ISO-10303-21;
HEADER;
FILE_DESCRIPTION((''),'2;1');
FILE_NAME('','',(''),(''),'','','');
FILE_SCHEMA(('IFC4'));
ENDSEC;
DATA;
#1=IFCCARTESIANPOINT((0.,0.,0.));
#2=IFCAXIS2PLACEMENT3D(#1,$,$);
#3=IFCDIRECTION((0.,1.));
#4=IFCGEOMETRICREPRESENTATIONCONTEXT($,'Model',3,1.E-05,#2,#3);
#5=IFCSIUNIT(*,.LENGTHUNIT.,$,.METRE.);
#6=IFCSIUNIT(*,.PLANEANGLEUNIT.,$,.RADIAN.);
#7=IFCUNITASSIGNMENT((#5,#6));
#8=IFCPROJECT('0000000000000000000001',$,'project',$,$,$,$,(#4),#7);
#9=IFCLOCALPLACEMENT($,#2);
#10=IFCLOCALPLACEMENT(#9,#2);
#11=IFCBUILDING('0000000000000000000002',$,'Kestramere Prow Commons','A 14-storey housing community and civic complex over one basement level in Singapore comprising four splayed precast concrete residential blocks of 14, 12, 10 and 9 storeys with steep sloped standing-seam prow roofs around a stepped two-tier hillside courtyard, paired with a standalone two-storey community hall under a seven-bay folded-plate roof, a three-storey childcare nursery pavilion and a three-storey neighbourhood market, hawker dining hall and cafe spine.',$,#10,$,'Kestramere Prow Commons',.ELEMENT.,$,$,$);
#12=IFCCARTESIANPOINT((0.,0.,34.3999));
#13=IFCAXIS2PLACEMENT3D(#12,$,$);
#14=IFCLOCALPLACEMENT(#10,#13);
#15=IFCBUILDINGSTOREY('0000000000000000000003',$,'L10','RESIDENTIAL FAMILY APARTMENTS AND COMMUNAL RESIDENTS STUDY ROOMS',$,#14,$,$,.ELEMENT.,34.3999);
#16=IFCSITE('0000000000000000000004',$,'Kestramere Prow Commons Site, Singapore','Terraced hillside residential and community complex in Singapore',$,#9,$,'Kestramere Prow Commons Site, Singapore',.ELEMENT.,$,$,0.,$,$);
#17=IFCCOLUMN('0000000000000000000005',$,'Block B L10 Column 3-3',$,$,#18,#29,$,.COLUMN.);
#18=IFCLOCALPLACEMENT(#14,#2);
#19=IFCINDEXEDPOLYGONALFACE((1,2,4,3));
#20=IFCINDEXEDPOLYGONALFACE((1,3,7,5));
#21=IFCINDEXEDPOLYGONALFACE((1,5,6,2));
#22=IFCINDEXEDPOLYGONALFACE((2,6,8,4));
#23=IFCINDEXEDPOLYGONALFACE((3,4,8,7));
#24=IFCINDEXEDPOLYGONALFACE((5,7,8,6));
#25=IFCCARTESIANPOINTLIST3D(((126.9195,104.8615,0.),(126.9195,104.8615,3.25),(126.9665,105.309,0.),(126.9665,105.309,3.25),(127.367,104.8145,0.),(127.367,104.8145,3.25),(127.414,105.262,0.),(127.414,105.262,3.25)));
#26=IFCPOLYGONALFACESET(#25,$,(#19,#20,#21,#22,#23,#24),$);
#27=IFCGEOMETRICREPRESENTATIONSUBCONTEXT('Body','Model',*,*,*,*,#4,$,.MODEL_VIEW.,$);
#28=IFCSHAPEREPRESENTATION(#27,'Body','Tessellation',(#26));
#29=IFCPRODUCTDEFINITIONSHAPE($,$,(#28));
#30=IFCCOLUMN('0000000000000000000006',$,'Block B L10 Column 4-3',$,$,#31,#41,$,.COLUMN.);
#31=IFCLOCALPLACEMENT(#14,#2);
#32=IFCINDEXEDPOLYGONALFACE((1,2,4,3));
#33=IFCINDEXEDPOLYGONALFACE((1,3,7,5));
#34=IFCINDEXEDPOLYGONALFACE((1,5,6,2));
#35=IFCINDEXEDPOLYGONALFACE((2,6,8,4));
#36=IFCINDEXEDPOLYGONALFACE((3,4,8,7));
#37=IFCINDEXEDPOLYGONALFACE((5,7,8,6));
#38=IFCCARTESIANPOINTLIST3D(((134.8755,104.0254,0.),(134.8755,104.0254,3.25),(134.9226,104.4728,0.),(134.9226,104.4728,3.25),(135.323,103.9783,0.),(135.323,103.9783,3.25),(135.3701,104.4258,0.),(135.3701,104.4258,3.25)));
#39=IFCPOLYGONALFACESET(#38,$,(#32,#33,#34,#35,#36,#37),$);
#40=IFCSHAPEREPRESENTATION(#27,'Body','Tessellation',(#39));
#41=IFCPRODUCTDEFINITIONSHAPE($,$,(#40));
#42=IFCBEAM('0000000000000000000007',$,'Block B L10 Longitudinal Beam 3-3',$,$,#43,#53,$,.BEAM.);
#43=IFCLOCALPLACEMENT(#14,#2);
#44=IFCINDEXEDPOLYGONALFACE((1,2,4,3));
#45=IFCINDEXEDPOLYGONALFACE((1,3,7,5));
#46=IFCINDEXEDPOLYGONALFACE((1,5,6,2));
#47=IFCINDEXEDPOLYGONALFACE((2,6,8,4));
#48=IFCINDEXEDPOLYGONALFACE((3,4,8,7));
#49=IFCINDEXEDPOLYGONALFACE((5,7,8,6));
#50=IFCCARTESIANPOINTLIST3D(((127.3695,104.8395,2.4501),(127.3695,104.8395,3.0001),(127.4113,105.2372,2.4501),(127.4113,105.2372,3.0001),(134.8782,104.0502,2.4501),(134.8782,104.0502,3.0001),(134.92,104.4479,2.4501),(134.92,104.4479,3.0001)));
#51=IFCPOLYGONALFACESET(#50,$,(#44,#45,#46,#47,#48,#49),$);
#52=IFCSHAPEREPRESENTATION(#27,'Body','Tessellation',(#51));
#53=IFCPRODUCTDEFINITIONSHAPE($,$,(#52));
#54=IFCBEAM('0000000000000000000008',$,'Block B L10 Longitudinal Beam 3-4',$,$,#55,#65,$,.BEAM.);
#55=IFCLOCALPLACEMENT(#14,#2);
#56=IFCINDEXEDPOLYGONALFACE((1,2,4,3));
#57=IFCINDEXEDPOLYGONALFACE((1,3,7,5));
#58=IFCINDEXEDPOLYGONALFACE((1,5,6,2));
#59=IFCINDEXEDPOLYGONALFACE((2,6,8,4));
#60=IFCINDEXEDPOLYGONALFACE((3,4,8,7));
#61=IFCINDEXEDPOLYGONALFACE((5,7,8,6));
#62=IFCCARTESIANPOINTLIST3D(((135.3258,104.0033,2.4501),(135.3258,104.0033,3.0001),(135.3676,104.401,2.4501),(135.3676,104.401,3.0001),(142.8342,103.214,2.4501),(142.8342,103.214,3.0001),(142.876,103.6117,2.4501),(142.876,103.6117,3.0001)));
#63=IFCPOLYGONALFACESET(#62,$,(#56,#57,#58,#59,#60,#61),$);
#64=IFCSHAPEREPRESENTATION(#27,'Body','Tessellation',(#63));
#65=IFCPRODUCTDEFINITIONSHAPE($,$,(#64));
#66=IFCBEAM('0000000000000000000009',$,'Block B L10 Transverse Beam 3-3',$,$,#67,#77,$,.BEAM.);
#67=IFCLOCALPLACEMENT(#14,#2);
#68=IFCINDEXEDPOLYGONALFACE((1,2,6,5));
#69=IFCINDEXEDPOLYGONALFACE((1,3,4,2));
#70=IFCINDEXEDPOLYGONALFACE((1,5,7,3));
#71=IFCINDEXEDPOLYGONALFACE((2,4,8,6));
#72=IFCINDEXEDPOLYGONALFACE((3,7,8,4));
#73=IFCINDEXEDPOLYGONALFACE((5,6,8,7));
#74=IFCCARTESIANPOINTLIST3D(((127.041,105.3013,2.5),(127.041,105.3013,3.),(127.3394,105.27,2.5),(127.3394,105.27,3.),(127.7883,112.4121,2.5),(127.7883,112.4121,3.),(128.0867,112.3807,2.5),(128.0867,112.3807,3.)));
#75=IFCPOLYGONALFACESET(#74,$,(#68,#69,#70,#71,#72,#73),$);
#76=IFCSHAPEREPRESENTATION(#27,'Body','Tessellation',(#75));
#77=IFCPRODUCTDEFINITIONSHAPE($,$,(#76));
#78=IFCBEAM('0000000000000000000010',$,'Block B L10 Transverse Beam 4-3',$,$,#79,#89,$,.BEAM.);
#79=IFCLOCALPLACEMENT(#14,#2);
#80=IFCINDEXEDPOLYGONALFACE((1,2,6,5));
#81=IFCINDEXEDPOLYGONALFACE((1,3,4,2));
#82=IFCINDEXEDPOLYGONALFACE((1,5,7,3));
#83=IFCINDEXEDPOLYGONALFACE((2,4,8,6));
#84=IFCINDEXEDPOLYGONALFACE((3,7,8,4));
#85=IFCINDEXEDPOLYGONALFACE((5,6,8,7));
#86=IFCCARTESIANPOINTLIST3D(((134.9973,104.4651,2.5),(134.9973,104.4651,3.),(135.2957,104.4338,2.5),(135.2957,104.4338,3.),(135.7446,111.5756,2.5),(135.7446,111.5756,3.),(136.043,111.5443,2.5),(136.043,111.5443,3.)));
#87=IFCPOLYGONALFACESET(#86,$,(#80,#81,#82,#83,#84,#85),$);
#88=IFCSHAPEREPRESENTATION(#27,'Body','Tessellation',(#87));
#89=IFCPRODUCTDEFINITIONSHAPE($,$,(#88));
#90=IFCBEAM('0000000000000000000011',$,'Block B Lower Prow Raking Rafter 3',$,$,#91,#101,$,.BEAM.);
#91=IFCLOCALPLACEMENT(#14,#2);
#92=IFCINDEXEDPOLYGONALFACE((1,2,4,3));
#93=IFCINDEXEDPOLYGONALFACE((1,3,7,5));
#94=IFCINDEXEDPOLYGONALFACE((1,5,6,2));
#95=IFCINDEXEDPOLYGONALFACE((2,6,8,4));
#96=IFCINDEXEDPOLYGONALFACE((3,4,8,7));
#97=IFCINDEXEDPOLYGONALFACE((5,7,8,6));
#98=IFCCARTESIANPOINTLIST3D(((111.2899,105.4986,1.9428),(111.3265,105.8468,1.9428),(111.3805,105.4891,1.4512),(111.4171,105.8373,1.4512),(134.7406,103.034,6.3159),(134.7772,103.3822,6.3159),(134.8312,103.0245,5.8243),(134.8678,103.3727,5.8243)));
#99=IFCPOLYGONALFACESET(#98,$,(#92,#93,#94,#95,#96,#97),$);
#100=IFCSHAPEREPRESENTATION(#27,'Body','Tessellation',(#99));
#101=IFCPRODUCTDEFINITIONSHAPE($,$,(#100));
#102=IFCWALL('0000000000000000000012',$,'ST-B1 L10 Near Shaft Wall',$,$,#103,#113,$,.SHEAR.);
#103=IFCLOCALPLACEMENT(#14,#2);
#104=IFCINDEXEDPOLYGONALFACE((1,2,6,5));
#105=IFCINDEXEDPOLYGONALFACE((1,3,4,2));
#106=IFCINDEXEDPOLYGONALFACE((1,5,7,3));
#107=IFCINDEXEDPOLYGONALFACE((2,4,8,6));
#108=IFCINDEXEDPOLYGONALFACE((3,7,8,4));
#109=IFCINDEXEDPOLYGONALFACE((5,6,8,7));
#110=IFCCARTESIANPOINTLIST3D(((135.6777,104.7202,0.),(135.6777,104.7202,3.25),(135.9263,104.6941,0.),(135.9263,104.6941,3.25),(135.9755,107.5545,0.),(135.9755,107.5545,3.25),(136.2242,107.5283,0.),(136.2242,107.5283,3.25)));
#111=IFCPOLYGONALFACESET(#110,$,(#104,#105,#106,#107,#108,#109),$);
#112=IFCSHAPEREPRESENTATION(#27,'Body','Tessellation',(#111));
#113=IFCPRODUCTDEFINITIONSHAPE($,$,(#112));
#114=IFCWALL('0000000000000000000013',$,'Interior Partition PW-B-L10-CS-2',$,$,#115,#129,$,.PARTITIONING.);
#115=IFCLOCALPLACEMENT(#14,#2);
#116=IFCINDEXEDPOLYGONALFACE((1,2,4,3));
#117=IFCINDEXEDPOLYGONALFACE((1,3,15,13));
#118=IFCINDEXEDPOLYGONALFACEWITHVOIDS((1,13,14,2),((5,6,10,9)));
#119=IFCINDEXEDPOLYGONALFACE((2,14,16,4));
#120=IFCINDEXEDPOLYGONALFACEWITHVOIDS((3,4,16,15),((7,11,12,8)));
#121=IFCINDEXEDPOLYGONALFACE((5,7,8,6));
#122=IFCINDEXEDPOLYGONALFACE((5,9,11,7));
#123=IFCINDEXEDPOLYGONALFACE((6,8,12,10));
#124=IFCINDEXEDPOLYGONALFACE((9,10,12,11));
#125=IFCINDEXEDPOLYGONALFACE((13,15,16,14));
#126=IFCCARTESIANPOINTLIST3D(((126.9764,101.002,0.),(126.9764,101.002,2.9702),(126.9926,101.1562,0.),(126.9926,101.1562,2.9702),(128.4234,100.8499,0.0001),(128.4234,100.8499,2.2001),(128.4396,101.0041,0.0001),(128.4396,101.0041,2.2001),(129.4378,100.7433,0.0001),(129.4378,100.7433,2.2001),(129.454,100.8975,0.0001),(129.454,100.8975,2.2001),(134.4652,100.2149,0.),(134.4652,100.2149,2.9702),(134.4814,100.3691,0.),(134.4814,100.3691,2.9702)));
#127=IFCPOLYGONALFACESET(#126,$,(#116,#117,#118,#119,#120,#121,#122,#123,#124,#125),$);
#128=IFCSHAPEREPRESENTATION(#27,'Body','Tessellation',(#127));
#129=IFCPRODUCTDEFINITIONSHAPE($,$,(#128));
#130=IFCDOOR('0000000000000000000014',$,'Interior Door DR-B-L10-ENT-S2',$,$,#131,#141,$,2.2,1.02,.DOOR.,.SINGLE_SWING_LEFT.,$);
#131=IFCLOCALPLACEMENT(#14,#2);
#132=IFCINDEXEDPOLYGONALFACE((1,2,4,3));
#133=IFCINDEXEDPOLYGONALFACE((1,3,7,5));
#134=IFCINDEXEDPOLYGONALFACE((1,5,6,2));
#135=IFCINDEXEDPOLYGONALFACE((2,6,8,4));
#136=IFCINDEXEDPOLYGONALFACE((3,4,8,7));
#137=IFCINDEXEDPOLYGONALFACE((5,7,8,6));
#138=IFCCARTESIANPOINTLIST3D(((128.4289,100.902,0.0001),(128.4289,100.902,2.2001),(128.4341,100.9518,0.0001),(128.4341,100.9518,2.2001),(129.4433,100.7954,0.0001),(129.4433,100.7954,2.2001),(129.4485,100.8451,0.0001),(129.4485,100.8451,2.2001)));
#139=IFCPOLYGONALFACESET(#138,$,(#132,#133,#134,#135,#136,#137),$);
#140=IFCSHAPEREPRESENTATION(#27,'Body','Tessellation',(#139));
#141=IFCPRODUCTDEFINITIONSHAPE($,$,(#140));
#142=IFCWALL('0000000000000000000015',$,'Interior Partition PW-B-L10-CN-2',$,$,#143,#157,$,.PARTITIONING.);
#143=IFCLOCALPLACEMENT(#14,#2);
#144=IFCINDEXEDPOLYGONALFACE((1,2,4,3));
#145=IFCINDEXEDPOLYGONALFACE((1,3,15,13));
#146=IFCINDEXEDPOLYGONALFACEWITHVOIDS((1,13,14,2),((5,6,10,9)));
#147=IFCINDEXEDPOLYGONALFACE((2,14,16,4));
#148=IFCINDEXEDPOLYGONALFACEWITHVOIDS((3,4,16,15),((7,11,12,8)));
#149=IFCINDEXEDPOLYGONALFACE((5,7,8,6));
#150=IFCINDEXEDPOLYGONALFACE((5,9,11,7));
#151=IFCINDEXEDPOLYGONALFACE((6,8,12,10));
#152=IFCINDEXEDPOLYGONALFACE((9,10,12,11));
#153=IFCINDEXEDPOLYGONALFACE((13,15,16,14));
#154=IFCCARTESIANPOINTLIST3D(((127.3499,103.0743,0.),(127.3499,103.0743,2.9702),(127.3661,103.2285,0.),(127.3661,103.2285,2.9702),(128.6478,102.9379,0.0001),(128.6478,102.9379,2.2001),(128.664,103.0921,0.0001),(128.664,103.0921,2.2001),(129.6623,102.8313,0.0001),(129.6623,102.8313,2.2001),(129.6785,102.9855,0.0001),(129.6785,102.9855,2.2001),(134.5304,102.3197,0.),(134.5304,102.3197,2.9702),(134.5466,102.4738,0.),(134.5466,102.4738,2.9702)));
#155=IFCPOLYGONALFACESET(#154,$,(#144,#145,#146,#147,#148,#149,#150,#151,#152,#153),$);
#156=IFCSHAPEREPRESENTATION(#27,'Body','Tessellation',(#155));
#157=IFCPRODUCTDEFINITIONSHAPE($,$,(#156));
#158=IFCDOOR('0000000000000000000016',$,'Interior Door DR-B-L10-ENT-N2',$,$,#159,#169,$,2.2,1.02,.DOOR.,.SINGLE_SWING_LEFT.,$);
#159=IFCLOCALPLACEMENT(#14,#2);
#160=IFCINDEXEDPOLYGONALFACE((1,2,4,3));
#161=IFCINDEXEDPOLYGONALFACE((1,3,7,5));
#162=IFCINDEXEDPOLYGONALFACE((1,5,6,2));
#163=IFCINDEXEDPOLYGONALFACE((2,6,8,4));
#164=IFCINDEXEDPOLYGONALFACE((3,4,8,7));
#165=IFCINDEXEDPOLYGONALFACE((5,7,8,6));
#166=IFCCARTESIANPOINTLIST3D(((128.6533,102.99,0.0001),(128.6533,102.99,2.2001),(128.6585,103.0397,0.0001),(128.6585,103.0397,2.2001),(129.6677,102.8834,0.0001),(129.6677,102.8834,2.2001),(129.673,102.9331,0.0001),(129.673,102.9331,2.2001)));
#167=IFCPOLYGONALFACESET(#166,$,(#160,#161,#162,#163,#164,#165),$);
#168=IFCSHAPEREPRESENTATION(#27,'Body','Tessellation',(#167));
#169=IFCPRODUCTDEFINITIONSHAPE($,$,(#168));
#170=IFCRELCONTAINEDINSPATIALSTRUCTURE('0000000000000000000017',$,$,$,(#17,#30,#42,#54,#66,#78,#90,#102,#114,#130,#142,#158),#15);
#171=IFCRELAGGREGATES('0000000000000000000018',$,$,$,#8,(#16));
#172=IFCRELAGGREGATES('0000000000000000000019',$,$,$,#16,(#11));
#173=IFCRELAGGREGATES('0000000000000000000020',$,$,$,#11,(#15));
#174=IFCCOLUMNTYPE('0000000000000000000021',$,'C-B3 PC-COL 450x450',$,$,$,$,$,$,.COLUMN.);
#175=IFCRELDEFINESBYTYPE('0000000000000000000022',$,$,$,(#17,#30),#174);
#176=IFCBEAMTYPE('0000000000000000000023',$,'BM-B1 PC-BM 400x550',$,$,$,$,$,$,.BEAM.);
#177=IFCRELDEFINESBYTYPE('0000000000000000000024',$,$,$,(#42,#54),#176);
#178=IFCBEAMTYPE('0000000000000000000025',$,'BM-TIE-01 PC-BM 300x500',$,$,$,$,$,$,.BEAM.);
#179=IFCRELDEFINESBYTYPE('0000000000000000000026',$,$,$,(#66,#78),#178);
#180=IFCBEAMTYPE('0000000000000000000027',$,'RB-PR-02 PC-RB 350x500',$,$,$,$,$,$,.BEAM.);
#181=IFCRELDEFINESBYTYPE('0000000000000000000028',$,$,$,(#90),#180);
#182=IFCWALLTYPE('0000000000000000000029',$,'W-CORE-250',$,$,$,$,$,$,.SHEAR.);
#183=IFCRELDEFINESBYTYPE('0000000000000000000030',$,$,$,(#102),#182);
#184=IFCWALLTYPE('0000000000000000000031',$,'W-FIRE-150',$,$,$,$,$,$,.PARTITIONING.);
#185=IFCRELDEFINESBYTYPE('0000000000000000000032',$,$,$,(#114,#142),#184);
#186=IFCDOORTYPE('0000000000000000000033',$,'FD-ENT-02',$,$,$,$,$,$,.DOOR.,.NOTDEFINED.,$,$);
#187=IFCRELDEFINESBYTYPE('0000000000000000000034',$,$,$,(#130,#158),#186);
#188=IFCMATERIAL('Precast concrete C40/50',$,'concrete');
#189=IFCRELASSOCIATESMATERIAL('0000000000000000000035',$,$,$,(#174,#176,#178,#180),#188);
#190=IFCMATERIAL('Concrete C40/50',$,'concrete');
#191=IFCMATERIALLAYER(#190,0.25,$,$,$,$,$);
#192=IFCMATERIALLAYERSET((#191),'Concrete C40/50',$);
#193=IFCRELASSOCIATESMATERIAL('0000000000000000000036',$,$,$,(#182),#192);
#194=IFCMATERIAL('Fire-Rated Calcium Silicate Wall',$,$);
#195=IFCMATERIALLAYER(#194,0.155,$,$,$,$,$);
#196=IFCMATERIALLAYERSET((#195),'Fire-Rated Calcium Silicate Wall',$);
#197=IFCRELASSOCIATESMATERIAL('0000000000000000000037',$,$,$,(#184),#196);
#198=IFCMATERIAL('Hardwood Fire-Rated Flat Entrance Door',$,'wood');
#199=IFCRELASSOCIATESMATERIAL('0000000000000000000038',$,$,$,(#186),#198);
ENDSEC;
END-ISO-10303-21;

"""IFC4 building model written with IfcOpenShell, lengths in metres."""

from ifc_helpers import new_model, si_unit, direction, frame, frame_2d, origin, origin_2d, place, context, subcontext, project, spatial, rectangle, extrude, material, layer, layer_set, material_profile, profile_set, type_object, element, fill, save


model = new_model("IFC4")

# Units and contexts
model_context = context("Model", 3, precision=1e-05, world=origin(), true_north=direction((0.0, 1.0)))
body_context = subcontext(model_context, "Body", "Model", "MODEL_VIEW")
ifc_project = project(units=[si_unit("LENGTHUNIT", "METRE"), si_unit("PLANEANGLEUNIT", "RADIAN")], contexts=[model_context])

# Site, building, storey
site_placement = place(None, origin())
site = spatial("IfcSite", under=ifc_project, at=site_placement, Name="Kestramere Prow Commons Site, Singapore", Description="Terraced hillside residential and community complex in Singapore", LongName="Kestramere Prow Commons Site, Singapore", CompositionType="ELEMENT", RefElevation=0.0)
building_placement = place(site_placement, origin())
building = spatial("IfcBuilding", under=site, at=building_placement, Name="Kestramere Prow Commons", Description="A 14-storey housing community and civic complex over one basement level in Singapore comprising four splayed precast concrete residential blocks of 14, 12, 10 and 9 storeys with steep sloped standing-seam prow roofs around a stepped two-tier hillside courtyard, paired with a standalone two-storey community hall under a seven-bay folded-plate roof, a three-storey childcare nursery pavilion and a three-storey neighbourhood market, hawker dining hall and cafe spine.", LongName="Kestramere Prow Commons", CompositionType="ELEMENT")
storey_placement = place(building_placement, frame((0.0, 0.0, 34.3999)))
storey = spatial("IfcBuildingStorey", under=building, at=storey_placement, Name="L10", Description="RESIDENTIAL FAMILY APARTMENTS AND COMMUNAL RESIDENTS STUDY ROOMS", CompositionType="ELEMENT", Elevation=34.3999)

# Columns
ifc_material_1 = material(Name="Precast concrete C40/50", Category="concrete")
ifc_material_profile_1 = material_profile(ifc_material_1, rectangle(XDim=0.45, YDim=0.45, at=origin_2d()), Name="PC-COL 450x450")
ifc_profile_set_1 = profile_set([ifc_material_profile_1], Name="Precast concrete C40/50")
column_type = type_object("IfcColumnType", Name="C-B3 PC-COL 450x450", PredefinedType="COLUMN", material=ifc_profile_set_1)
for number, where, z_axis, x_axis, name in (
    (1, (127.1667, 105.0618, 0.0), (0.0, 0.0, 1.0), (0.994522, -0.104528, 0.0), "Block B L10 Column 3-3"),
    (2, (135.1228, 104.2256, 0.0), (0.0, 0.0, 1.0), (0.994522, -0.104528, 0.0), "Block B L10 Column 4-3"),
):
    element("IfcColumn", number, at=place(storey_placement, frame(where, z_axis=z_axis, x_axis=x_axis)), inside=storey, type_object=column_type, Name=name, PredefinedType="COLUMN", context=body_context, shape_type="SweptSolid", body=[
        extrude(rectangle(XDim=0.45, YDim=0.45, at=origin_2d()), origin(), (0.0, 0.0, 1.0), 3.25),
    ])

# Beams
ifc_material_profile_2 = material_profile(ifc_material_1, rectangle(XDim=0.3999, YDim=0.55, at=origin_2d()), Name="PC-BM 400x550")
ifc_profile_set_2 = profile_set([ifc_material_profile_2], Name="Precast concrete C40/50")
beam_type_1 = type_object("IfcBeamType", Name="BM-B1 PC-BM 400x550", PredefinedType="BEAM", material=ifc_profile_set_2)
beam_1_placement = place(storey_placement, frame((127.3904, 105.0383, 2.7251), z_axis=(0.994521, -0.104542, 0.0), x_axis=(0.104542, 0.994521, 0.0)))
element("IfcBeam", 3, at=beam_1_placement, inside=storey, type_object=beam_type_1, Name="Block B L10 Longitudinal Beam 3-3", PredefinedType="BEAM", context=body_context, shape_type="SweptSolid", body=[
    extrude(rectangle(XDim=0.3999, YDim=0.55, at=origin_2d()), origin(), (0.0, 0.0, 1.0), 7.55),
])
beam_2_placement = place(storey_placement, frame((135.3467, 104.2021, 2.7251), z_axis=(0.99452, -0.104545, 0.0), x_axis=(0.104545, 0.99452, 0.0)))
element("IfcBeam", 4, at=beam_2_placement, inside=storey, type_object=beam_type_1, Name="Block B L10 Longitudinal Beam 3-4", PredefinedType="BEAM", context=body_context, shape_type="SweptSolid", body=[
    extrude(rectangle(XDim=0.3999, YDim=0.55, at=origin_2d()), origin(), (0.0, 0.0, 1.0), 7.5498),
])
ifc_material_profile_3 = material_profile(ifc_material_1, rectangle(XDim=0.3, YDim=0.5, at=origin_2d()), Name="PC-BM 300x500")
ifc_profile_set_3 = profile_set([ifc_material_profile_3], Name="Precast concrete C40/50")
beam_type_2 = type_object("IfcBeamType", Name="BM-TIE-01 PC-BM 300x500", PredefinedType="BEAM", material=ifc_profile_set_3)
beam_3_placement = place(storey_placement, frame((127.1902, 105.2856, 2.75), z_axis=(0.104519, 0.994523, 0.0), x_axis=(-0.994523, 0.104519, 0.0)))
element("IfcBeam", 5, at=beam_3_placement, inside=storey, type_object=beam_type_2, Name="Block B L10 Transverse Beam 3-3", PredefinedType="BEAM", context=body_context, shape_type="SweptSolid", body=[
    extrude(rectangle(XDim=0.3, YDim=0.5, at=origin_2d()), origin(), (0.0, 0.0, 1.0), 7.1499),
])
beam_4_placement = place(storey_placement, frame((135.1465, 104.4495, 2.75), z_axis=(0.104523, 0.994522, 0.0), x_axis=(-0.994522, 0.104523, 0.0)))
element("IfcBeam", 6, at=beam_4_placement, inside=storey, type_object=beam_type_2, Name="Block B L10 Transverse Beam 4-3", PredefinedType="BEAM", context=body_context, shape_type="SweptSolid", body=[
    extrude(rectangle(XDim=0.3, YDim=0.5, at=origin_2d()), origin(), (0.0, 0.0, 1.0), 7.1497),
])
ifc_material_profile_4 = material_profile(ifc_material_1, rectangle(XDim=0.3501, YDim=0.5, at=origin_2d()), Name="PC-RB 350x500")
ifc_profile_set_4 = profile_set([ifc_material_profile_4], Name="Precast concrete C40/50")
beam_type_3 = type_object("IfcBeamType", Name="RB-PR-02 PC-RB 350x500", PredefinedType="BEAM", material=ifc_profile_set_4)
beam_5_placement = place(storey_placement, frame((134.8042, 103.2034, 6.0701), z_axis=(-0.977849, 0.102769, -0.182348), x_axis=(-0.104521, -0.994523, 0.0)))
element("IfcBeam", 7, at=beam_5_placement, inside=storey, type_object=beam_type_3, Name="Block B Lower Prow Raking Rafter 3", PredefinedType="BEAM", context=body_context, shape_type="SweptSolid", body=[
    extrude(rectangle(XDim=0.3501, YDim=0.5, at=origin_2d()), origin(), (0.0, 0.0, 1.0), 23.9819),
])

# Shared definitions
ifc_material_2 = material(Name="Concrete C40/50", Category="concrete")
ifc_layer_1 = layer(ifc_material_2, 0.25)
ifc_layer_set_1 = layer_set([ifc_layer_1], Name="Concrete C40/50")
wall_type_1 = type_object("IfcWallType", Name="W-CORE-250", PredefinedType="SHEAR", material=ifc_layer_set_1)

# Wall
wall_1_placement = place(storey_placement, frame((135.802, 104.7073, 0.0), z_axis=(0.0, 0.0, 1.0), x_axis=(0.104515, 0.994523, 0.0)))
element("IfcWall", 8, at=wall_1_placement, inside=storey, type_object=wall_type_1, Name="ST-B1 L10 Near Shaft Wall", PredefinedType="SHEAR", context=body_context, shape_type="SweptSolid", body=[
    extrude(rectangle(XDim=2.8499, YDim=0.25, at=frame_2d((1.4248, 0.0))), origin(), (0.0, 0.0, 1.0), 3.25),
])

# Walls, openings, doors
ifc_material_3 = material(Name="Fire-Rated Calcium Silicate Wall")
ifc_layer_2 = layer(ifc_material_3, 0.155)
ifc_layer_set_2 = layer_set([ifc_layer_2], Name="Fire-Rated Calcium Silicate Wall")
wall_type_2 = type_object("IfcWallType", Name="W-FIRE-150", PredefinedType="PARTITIONING", material=ifc_layer_set_2)
wall_2_placement = place(storey_placement, frame((126.9844, 101.0791, 0.0), z_axis=(0.0, 0.0, 1.0), x_axis=(0.994522, -0.10453, 0.0)))
wall_2 = element("IfcWall", 9, at=wall_2_placement, inside=storey, type_object=wall_type_2, Name="Interior Partition PW-B-L10-CS-2", PredefinedType="PARTITIONING", context=body_context, shape_type="SweptSolid", body=[
    extrude(rectangle(XDim=7.53, YDim=0.155, at=frame_2d((3.7651, 0.0))), origin(), (0.0, 0.0, 1.0), 2.9702),
])
opening_1_placement = place(wall_2_placement, frame((1.4551, 0.0, 0.0)))
opening_1 = element("IfcOpeningElement", 10, at=opening_1_placement, cuts=wall_2, PredefinedType="OPENING", context=body_context, shape_type="SweptSolid", body=[
    extrude(rectangle(XDim=1.02, YDim=2.2, at=frame_2d((0.51, 1.1001))), frame((0.0, 0.0925, 0.0), z_axis=(0.0, -1.0, 0.0), x_axis=(1.0, 0.0, 0.0)), (0.0, 0.0, 1.0), 0.1851),
])
ifc_material_4 = material(Name="Hardwood Fire-Rated Flat Entrance Door", Category="wood")
door_type_1 = type_object("IfcDoorType", Name="FD-ENT-02", OperationType="NOTDEFINED", PredefinedType="DOOR", material=ifc_material_4)
door_1_placement = place(opening_1_placement, origin())
door_1 = element("IfcDoor", 11, at=door_1_placement, inside=storey, type_object=door_type_1, Name="Interior Door DR-B-L10-ENT-S2", OperationType="SINGLE_SWING_LEFT", OverallHeight=2.2, OverallWidth=1.02, PredefinedType="DOOR", context=body_context, shape_type="SweptSolid", body=[
    extrude(rectangle(XDim=1.02, YDim=2.2, at=frame_2d((0.51, 1.1001))), frame((0.0, 0.0249, 0.0), z_axis=(0.0, -1.0, 0.0), x_axis=(1.0, 0.0, 0.0)), (0.0, 0.0, 1.0), 0.05),
])
fill(opening_1, door_1)
wall_3_placement = place(storey_placement, frame((127.3582, 103.1514, 0.0), z_axis=(0.0, 0.0, 1.0), x_axis=(0.994523, -0.104521, 0.0)))
wall_3 = element("IfcWall", 12, at=wall_3_placement, inside=storey, type_object=wall_type_2, Name="Interior Partition PW-B-L10-CN-2", PredefinedType="PARTITIONING", context=body_context, shape_type="SweptSolid", body=[
    extrude(rectangle(XDim=7.22, YDim=0.155, at=frame_2d((3.6099, 0.0))), origin(), (0.0, 0.0, 1.0), 2.9702),
])
opening_2_placement = place(wall_3_placement, frame((1.3049, 0.0, 0.0)))
opening_2 = element("IfcOpeningElement", 13, at=opening_2_placement, cuts=wall_3, PredefinedType="OPENING", context=body_context, shape_type="SweptSolid", body=[
    extrude(rectangle(XDim=1.02, YDim=2.2, at=frame_2d((0.51, 1.1001))), frame((0.0, 0.0925, 0.0), z_axis=(0.0, -1.0, 0.0), x_axis=(1.0, 0.0, 0.0)), (0.0, 0.0, 1.0), 0.1851),
])
door_2_placement = place(opening_2_placement, origin())
door_2 = element("IfcDoor", 14, at=door_2_placement, inside=storey, type_object=door_type_1, Name="Interior Door DR-B-L10-ENT-N2", OperationType="SINGLE_SWING_LEFT", OverallHeight=2.2, OverallWidth=1.02, PredefinedType="DOOR", context=body_context, shape_type="SweptSolid", body=[
    extrude(rectangle(XDim=1.02, YDim=2.2, at=frame_2d((0.51, 1.1001))), frame((0.0, 0.0249, 0.0), z_axis=(0.0, -1.0, 0.0), x_axis=(1.0, 0.0, 0.0)), (0.0, 0.0, 1.0), 0.05),
])
fill(opening_2, door_2)

save(model, "model.ifc")
